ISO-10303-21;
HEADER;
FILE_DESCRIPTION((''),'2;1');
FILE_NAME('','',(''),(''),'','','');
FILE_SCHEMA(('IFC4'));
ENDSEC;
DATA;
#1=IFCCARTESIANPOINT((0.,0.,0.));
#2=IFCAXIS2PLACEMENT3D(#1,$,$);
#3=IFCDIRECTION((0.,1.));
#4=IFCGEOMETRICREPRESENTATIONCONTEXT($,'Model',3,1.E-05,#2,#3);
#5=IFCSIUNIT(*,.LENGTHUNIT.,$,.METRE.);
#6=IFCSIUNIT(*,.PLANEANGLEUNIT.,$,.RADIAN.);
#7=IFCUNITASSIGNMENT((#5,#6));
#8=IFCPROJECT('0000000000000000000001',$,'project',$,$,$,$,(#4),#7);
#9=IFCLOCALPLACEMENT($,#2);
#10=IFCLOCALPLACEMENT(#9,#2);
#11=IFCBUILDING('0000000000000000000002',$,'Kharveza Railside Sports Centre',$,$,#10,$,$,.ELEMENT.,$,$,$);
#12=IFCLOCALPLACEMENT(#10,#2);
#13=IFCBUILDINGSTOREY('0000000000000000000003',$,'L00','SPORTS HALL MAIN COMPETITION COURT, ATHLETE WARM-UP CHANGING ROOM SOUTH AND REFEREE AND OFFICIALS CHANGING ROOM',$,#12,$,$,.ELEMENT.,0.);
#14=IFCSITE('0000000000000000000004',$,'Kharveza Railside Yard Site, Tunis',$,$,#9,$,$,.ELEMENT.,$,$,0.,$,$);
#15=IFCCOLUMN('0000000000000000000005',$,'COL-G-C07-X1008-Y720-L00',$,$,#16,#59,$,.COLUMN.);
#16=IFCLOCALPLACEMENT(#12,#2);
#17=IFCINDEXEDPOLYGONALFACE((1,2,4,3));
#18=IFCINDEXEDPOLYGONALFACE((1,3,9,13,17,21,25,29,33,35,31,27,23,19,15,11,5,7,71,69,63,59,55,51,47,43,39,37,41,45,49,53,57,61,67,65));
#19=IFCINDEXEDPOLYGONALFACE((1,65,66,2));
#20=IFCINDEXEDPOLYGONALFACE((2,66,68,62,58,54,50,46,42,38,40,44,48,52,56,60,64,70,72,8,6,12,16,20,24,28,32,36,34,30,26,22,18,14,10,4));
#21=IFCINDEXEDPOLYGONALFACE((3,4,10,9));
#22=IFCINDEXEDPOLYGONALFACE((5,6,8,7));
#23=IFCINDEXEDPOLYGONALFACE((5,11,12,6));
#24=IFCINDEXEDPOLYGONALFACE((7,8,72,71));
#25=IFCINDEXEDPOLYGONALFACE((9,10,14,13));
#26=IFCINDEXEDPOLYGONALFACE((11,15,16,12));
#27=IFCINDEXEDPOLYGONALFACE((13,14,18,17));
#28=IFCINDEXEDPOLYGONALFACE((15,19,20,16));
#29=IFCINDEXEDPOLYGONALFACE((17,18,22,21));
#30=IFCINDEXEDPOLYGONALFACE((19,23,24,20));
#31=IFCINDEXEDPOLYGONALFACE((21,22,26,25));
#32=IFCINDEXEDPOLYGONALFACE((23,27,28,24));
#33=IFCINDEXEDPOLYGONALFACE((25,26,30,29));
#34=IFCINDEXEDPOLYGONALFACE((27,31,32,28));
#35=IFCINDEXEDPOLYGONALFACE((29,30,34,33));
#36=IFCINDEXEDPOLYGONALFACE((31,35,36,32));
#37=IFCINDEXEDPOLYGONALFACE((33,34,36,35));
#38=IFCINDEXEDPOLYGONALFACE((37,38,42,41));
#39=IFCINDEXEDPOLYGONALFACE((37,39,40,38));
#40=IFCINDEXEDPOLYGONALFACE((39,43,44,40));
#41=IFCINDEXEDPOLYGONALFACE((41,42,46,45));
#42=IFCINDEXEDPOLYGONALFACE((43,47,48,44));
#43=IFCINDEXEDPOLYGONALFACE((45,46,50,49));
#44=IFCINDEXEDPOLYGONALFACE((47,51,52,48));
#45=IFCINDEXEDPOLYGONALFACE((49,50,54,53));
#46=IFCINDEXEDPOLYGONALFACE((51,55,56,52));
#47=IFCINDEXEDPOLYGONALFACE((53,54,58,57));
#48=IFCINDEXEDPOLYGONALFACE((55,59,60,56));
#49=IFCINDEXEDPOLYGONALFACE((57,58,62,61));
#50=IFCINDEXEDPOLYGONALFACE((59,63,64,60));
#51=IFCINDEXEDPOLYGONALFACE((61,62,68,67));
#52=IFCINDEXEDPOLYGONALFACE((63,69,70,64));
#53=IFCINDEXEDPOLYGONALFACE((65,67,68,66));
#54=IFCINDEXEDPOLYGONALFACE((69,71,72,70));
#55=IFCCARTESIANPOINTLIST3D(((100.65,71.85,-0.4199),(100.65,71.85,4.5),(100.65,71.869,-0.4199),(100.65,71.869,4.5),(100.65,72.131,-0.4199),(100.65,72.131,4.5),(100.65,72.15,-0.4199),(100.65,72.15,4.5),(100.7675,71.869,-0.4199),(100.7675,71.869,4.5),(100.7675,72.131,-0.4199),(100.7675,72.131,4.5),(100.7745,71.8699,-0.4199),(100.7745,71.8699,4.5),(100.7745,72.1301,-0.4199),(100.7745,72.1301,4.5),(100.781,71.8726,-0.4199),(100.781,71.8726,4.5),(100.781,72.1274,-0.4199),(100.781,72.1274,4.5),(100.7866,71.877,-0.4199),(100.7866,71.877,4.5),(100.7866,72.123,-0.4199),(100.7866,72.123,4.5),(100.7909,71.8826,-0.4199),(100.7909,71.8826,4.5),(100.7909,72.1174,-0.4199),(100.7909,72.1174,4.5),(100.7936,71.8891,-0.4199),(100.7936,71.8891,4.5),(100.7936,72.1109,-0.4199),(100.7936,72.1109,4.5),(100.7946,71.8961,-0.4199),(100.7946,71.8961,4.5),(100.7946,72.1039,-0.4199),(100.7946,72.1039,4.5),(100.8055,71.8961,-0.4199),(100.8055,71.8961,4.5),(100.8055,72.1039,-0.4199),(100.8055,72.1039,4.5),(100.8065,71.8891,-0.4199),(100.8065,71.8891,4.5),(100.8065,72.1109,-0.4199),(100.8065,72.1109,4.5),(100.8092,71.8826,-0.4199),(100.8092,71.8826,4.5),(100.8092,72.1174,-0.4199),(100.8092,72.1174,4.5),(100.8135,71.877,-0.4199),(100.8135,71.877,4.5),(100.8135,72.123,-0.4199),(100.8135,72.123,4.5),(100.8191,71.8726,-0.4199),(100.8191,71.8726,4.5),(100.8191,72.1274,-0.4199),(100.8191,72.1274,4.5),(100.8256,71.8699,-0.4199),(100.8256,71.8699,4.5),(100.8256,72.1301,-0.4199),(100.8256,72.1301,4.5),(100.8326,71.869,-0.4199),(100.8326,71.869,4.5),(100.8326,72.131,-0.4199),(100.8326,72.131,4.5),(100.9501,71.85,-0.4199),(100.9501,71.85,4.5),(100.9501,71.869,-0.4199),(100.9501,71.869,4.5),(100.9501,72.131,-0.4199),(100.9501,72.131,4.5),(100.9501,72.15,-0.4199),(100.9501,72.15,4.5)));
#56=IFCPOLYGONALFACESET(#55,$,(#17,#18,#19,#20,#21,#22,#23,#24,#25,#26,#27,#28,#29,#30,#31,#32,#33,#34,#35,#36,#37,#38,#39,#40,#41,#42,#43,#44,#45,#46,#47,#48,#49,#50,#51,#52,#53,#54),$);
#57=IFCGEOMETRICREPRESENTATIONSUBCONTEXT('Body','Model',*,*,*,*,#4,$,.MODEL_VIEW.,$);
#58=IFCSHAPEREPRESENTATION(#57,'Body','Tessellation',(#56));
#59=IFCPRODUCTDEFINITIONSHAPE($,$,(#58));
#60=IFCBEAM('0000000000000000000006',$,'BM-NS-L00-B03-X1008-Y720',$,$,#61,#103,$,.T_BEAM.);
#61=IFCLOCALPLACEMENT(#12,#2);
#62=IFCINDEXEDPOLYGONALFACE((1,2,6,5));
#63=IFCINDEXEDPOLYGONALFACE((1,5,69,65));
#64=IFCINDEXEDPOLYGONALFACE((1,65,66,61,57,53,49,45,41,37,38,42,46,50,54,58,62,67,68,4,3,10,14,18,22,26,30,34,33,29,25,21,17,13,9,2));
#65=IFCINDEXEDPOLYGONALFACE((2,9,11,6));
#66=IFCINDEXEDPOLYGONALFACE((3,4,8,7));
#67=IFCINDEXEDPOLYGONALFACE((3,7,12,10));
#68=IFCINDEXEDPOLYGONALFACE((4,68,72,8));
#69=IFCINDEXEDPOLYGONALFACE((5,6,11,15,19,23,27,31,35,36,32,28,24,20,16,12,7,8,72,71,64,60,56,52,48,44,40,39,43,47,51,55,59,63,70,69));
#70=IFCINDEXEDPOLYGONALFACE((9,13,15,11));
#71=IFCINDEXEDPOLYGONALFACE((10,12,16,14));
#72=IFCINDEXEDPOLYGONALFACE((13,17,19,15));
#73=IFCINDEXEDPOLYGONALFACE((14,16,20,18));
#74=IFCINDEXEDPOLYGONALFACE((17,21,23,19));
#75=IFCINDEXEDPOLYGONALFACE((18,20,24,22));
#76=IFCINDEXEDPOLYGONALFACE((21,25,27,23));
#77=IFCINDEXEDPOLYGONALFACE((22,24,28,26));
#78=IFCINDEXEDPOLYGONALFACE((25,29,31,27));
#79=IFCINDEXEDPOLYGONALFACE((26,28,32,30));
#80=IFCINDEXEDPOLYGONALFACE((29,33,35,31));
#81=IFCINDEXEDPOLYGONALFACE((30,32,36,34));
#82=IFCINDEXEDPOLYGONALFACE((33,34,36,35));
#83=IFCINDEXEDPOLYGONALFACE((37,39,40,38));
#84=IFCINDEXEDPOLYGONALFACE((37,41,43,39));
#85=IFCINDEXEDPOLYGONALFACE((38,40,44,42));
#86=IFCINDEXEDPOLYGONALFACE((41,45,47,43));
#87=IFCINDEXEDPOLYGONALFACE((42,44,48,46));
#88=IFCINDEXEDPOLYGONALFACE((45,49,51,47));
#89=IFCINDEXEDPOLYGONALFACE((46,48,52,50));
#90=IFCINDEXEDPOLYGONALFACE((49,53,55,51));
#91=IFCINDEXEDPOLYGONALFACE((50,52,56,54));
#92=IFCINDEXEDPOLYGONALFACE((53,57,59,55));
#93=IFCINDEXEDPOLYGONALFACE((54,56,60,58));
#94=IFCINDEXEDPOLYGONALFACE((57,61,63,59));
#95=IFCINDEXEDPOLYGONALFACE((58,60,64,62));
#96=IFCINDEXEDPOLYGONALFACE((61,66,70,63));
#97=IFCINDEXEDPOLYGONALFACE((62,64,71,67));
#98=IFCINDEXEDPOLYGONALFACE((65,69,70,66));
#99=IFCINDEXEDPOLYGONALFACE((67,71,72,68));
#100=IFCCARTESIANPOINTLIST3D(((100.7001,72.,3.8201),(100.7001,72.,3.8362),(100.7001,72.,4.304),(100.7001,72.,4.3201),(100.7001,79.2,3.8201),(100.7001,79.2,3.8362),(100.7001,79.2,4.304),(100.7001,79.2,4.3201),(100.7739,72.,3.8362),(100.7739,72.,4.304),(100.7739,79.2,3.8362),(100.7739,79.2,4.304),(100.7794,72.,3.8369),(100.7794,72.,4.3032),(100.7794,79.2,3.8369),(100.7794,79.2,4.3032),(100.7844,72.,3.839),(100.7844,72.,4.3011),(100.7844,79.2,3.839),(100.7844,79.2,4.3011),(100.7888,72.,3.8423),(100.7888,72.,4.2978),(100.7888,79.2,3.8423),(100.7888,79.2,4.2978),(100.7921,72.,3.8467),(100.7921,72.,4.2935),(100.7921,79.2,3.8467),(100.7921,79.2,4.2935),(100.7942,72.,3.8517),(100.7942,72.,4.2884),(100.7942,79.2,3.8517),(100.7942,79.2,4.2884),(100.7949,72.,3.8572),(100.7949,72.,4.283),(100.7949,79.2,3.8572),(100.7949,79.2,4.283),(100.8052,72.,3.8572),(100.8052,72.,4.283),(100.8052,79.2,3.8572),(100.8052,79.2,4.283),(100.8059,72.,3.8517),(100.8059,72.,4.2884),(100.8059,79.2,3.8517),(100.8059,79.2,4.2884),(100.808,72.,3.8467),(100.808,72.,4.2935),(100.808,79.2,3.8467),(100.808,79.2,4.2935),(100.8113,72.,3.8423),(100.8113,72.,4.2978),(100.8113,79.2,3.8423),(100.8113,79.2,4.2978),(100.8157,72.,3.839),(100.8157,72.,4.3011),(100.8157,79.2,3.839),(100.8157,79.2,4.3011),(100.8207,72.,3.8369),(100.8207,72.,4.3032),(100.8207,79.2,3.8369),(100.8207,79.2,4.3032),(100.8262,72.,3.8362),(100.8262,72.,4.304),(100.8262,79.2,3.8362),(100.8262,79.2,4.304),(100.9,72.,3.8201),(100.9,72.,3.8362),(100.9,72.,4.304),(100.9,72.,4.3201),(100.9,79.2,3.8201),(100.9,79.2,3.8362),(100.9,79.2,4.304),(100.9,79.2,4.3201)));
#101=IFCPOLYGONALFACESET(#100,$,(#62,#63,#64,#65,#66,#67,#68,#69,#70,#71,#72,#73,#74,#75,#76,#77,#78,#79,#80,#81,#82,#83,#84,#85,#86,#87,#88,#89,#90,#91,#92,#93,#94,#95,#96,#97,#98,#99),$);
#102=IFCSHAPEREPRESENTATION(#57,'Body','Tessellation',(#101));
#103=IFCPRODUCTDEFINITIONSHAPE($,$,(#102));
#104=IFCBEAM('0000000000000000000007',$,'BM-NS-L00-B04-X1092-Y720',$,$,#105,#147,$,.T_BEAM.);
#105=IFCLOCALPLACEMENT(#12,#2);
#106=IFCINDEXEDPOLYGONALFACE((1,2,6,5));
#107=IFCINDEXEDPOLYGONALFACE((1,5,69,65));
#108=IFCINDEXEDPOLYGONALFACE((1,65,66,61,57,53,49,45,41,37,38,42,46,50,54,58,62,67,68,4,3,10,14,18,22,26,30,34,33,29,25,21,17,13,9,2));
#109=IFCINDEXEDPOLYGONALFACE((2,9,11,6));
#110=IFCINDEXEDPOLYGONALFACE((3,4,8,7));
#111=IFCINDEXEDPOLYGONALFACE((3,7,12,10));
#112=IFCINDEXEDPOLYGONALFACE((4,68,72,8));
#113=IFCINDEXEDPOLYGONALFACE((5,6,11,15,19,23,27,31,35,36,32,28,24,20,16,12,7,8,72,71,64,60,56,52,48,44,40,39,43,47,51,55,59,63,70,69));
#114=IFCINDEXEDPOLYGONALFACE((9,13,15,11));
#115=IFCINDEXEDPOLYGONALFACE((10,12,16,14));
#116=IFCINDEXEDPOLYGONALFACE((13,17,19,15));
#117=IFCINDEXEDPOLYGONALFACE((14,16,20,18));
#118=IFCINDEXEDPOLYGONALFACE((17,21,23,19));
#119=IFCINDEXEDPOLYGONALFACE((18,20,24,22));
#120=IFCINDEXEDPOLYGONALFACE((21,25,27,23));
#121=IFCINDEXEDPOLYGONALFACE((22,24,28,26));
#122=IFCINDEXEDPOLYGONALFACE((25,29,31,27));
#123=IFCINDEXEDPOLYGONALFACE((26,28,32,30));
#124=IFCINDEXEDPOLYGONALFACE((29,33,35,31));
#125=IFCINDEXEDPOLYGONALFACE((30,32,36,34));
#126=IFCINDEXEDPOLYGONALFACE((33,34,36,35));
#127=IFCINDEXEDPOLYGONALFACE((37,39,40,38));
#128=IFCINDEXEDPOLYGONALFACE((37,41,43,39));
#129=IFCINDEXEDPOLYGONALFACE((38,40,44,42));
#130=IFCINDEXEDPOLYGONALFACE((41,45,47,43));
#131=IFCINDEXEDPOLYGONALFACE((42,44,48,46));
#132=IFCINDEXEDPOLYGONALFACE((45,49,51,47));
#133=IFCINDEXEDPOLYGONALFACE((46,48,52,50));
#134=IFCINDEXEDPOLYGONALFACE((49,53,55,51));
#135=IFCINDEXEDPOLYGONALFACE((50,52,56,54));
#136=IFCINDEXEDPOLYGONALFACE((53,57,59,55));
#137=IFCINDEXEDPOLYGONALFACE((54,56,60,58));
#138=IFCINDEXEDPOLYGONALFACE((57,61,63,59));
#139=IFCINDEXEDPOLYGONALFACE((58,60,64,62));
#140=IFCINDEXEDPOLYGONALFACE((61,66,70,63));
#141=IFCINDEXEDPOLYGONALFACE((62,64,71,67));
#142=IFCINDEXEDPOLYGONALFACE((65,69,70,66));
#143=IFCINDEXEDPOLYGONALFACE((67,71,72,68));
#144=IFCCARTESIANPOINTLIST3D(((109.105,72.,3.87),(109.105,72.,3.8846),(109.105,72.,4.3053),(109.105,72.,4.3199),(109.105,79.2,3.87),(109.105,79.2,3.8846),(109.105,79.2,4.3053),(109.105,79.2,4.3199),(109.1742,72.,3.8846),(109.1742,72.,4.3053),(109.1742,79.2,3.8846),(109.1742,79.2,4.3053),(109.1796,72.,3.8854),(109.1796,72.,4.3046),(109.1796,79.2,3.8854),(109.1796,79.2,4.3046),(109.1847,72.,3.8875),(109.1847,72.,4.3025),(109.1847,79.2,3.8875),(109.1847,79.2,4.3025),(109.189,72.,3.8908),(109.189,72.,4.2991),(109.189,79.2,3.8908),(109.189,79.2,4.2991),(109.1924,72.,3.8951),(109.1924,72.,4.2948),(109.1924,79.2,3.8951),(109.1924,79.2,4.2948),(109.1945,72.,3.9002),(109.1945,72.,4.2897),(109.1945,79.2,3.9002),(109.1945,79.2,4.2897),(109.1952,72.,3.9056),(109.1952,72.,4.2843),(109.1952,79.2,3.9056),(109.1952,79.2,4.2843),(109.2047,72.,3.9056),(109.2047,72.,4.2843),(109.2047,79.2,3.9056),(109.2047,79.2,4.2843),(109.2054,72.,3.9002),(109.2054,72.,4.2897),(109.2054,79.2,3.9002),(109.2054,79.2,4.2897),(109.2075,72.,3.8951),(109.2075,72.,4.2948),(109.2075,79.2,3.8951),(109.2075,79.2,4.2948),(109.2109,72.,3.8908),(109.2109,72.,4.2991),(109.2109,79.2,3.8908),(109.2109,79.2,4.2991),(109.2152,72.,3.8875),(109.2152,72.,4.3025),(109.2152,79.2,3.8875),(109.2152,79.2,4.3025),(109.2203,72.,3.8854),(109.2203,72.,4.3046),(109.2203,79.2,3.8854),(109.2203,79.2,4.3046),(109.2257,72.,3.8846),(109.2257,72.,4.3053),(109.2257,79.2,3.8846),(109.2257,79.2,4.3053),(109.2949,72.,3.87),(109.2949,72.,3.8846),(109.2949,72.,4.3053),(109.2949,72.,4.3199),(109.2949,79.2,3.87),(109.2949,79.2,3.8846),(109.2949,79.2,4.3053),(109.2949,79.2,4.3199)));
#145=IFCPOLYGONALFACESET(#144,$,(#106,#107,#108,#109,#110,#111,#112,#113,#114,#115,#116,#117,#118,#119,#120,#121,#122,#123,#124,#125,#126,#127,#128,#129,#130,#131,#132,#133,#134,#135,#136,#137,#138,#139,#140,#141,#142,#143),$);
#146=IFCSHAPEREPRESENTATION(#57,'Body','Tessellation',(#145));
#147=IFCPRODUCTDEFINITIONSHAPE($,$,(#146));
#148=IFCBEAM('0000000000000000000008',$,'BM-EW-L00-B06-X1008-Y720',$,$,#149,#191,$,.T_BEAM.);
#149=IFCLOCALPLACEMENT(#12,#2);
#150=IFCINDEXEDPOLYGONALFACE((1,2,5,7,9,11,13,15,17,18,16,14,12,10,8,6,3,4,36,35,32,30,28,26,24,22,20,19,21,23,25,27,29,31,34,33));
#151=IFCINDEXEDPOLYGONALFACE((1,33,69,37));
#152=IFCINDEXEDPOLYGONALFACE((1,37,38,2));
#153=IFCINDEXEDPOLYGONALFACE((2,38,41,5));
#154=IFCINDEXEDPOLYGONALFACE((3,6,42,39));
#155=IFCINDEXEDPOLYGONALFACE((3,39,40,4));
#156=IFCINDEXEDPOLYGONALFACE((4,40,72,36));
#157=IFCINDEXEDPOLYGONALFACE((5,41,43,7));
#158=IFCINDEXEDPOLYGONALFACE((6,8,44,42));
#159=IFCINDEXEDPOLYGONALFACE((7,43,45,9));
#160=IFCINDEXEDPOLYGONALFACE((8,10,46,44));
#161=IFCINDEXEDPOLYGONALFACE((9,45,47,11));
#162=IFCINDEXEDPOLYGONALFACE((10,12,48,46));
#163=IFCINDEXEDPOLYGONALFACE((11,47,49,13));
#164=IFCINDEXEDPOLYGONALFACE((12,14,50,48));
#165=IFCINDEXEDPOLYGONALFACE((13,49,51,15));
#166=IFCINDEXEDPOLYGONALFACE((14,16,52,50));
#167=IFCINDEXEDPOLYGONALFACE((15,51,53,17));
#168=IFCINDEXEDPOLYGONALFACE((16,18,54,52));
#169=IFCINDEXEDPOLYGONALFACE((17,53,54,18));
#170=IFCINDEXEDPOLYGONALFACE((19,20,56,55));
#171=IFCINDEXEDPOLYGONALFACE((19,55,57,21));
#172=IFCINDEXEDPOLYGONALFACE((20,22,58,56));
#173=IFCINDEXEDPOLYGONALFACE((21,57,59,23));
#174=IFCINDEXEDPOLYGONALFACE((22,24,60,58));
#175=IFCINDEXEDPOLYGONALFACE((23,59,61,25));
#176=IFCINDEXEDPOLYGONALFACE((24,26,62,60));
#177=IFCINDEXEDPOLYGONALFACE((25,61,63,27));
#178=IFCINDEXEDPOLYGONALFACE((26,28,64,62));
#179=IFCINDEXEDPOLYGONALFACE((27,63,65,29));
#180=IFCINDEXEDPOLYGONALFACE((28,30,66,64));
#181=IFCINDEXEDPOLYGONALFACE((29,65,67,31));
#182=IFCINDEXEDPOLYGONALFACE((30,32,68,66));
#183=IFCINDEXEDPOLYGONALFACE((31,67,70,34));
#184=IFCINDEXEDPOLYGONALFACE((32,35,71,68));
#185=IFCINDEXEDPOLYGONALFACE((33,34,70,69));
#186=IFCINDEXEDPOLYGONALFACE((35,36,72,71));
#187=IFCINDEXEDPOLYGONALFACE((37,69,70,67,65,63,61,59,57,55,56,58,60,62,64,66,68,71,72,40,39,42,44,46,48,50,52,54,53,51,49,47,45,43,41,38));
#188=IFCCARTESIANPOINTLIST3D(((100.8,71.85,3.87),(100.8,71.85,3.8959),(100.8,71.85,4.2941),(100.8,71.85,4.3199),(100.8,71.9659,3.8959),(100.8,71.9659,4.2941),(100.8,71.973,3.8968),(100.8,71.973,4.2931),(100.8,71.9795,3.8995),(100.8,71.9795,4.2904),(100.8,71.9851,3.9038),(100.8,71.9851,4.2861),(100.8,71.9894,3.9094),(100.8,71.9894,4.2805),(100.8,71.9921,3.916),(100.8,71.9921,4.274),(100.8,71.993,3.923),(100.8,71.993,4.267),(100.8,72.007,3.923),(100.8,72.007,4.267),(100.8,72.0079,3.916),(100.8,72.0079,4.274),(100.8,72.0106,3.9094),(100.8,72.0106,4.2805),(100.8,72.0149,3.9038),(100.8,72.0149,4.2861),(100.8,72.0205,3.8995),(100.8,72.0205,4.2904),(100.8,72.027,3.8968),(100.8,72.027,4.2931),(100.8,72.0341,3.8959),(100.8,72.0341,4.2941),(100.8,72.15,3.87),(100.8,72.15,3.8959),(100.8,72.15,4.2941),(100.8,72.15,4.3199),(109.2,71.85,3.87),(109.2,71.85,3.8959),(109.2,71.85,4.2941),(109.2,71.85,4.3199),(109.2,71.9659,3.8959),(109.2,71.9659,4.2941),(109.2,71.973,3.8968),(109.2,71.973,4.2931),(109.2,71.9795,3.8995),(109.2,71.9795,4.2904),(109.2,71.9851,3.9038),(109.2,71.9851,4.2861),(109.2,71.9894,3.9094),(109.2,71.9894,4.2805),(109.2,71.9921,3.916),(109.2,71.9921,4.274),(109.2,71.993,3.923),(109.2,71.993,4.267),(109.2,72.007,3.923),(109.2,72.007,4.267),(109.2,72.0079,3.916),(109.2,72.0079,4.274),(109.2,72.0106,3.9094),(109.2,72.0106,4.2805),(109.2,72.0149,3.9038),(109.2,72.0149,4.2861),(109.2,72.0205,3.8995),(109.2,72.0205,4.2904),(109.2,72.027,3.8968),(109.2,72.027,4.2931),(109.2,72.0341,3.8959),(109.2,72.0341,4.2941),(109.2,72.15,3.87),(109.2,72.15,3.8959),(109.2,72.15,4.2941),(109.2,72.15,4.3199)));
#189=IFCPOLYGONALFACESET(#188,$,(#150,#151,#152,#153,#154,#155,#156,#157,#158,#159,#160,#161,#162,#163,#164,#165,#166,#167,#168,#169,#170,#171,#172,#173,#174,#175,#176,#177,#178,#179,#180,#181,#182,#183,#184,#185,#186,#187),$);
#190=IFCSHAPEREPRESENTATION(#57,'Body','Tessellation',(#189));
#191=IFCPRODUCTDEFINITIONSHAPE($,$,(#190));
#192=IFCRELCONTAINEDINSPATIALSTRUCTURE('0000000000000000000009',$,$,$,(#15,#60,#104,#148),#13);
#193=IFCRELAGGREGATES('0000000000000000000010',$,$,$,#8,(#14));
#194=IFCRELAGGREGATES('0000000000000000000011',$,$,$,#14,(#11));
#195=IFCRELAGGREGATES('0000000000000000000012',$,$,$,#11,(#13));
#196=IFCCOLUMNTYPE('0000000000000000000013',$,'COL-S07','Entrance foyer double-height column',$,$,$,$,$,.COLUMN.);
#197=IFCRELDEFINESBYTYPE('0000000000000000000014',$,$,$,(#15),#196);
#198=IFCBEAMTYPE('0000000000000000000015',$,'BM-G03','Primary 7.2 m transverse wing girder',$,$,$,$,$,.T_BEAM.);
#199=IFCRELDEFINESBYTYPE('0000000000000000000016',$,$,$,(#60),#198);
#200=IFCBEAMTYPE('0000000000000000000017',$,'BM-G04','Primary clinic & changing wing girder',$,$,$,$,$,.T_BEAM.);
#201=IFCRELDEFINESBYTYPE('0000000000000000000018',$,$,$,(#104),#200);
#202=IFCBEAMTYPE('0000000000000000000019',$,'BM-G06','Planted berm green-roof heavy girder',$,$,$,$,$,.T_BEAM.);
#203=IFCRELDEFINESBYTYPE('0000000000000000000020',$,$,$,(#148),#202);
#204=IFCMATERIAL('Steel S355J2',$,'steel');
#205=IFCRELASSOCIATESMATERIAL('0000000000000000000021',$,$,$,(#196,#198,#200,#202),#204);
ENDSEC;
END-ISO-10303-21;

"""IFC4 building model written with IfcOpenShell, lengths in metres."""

from ifc_helpers import new_model, si_unit, direction, frame, origin, origin_2d, place, context, subcontext, project, spatial, i_section, extrude, material, material_profile, profile_set, type_object, element, save


model = new_model("IFC4")

# Units and contexts
model_context = context("Model", 3, precision=1e-05, world=origin(), true_north=direction((0.0, 1.0)))
body_context = subcontext(model_context, "Body", "Model", "MODEL_VIEW")
ifc_project = project(units=[si_unit("LENGTHUNIT", "METRE"), si_unit("PLANEANGLEUNIT", "RADIAN")], contexts=[model_context])

# Site, building, storey
site_placement = place(None, origin())
site = spatial("IfcSite", under=ifc_project, at=site_placement, Name="Kharveza Railside Yard Site, Tunis", CompositionType="ELEMENT", RefElevation=0.0)
building_placement = place(site_placement, origin())
building = spatial("IfcBuilding", under=site, at=building_placement, Name="Kharveza Railside Sports Centre", CompositionType="ELEMENT")
storey_placement = place(building_placement, origin())
storey = spatial("IfcBuildingStorey", under=building, at=storey_placement, Name="L00", Description="SPORTS HALL MAIN COMPETITION COURT, ATHLETE WARM-UP CHANGING ROOM SOUTH AND REFEREE AND OFFICIALS CHANGING ROOM", CompositionType="ELEMENT", Elevation=0.0)

# Column
ifc_material_1 = material(Name="Steel S355J2", Category="steel")
ifc_material_profile_1 = material_profile(ifc_material_1, i_section(OverallWidth=0.3, OverallDepth=0.3, WebThickness=0.011, FlangeThickness=0.019, FilletRadius=0.0271, at=origin_2d()), Name="HEB 300")
ifc_profile_set_1 = profile_set([ifc_material_profile_1], Name="Steel S355J2")
column_type_1 = type_object("IfcColumnType", Name="COL-S07", Description="Entrance foyer double-height column", PredefinedType="COLUMN", material=ifc_profile_set_1)
column_1_placement = place(storey_placement, frame((100.8, 72.0, -0.4199), z_axis=(0.0, 0.0, 1.0), x_axis=(1.0, 0.0, 0.0)))
element("IfcColumn", 1, at=column_1_placement, inside=storey, type_object=column_type_1, Name="COL-G-C07-X1008-Y720-L00", PredefinedType="COLUMN", context=body_context, shape_type="SweptSolid", body=[
    extrude(i_section(OverallWidth=0.3, OverallDepth=0.3, WebThickness=0.011, FlangeThickness=0.019, FilletRadius=0.0271, at=origin_2d()), origin(), (0.0, 0.0, 1.0), 4.9199),
])

# Beams
ifc_material_profile_2 = material_profile(ifc_material_1, i_section(OverallWidth=0.2, OverallDepth=0.5, WebThickness=0.0103, FlangeThickness=0.0161, FilletRadius=0.021, at=origin_2d()), Name="IPE 500")
ifc_profile_set_2 = profile_set([ifc_material_profile_2], Name="Steel S355J2")
beam_type_1 = type_object("IfcBeamType", Name="BM-G03", Description="Primary 7.2 m transverse wing girder", PredefinedType="T_BEAM", material=ifc_profile_set_2)
beam_1_placement = place(storey_placement, frame((100.8, 72.0, 4.0701), z_axis=(0.0, 1.0, 0.0), x_axis=(-1.0, 0.0, 0.0)))
element("IfcBeam", 2, at=beam_1_placement, inside=storey, type_object=beam_type_1, Name="BM-NS-L00-B03-X1008-Y720", PredefinedType="T_BEAM", context=body_context, shape_type="SweptSolid", body=[
    extrude(i_section(OverallWidth=0.2, OverallDepth=0.5, WebThickness=0.0103, FlangeThickness=0.0161, FilletRadius=0.021, at=origin_2d()), origin(), (0.0, 0.0, 1.0), 7.2),
])
ifc_material_profile_3 = material_profile(ifc_material_1, i_section(OverallWidth=0.1899, OverallDepth=0.45, WebThickness=0.0095, FlangeThickness=0.0146, FilletRadius=0.021, at=origin_2d()), Name="IPE 450")
ifc_profile_set_3 = profile_set([ifc_material_profile_3], Name="Steel S355J2")
beam_type_2 = type_object("IfcBeamType", Name="BM-G04", Description="Primary clinic & changing wing girder", PredefinedType="T_BEAM", material=ifc_profile_set_3)
beam_2_placement = place(storey_placement, frame((109.2, 72.0, 4.095), z_axis=(0.0, 1.0, 0.0), x_axis=(-1.0, 0.0, 0.0)))
element("IfcBeam", 3, at=beam_2_placement, inside=storey, type_object=beam_type_2, Name="BM-NS-L00-B04-X1092-Y720", PredefinedType="T_BEAM", context=body_context, shape_type="SweptSolid", body=[
    extrude(i_section(OverallWidth=0.1899, OverallDepth=0.45, WebThickness=0.0095, FlangeThickness=0.0146, FilletRadius=0.021, at=origin_2d()), origin(), (0.0, 0.0, 1.0), 7.2),
])
ifc_material_profile_4 = material_profile(ifc_material_1, i_section(OverallWidth=0.3, OverallDepth=0.45, WebThickness=0.0139, FlangeThickness=0.0259, FilletRadius=0.0271, at=origin_2d()), Name="HEB 450")
ifc_profile_set_4 = profile_set([ifc_material_profile_4], Name="Steel S355J2")
beam_type_3 = type_object("IfcBeamType", Name="BM-G06", Description="Planted berm green-roof heavy girder", PredefinedType="T_BEAM", material=ifc_profile_set_4)
beam_3_placement = place(storey_placement, frame((100.8, 72.0, 4.095), z_axis=(1.0, 0.0, 0.0), x_axis=(0.0, 1.0, 0.0)))
element("IfcBeam", 4, at=beam_3_placement, inside=storey, type_object=beam_type_3, Name="BM-EW-L00-B06-X1008-Y720", PredefinedType="T_BEAM", context=body_context, shape_type="SweptSolid", body=[
    extrude(i_section(OverallWidth=0.3, OverallDepth=0.45, WebThickness=0.0139, FlangeThickness=0.0259, FilletRadius=0.0271, at=origin_2d()), origin(), (0.0, 0.0, 1.0), 8.3999),
])

save(model, "model.ifc")
